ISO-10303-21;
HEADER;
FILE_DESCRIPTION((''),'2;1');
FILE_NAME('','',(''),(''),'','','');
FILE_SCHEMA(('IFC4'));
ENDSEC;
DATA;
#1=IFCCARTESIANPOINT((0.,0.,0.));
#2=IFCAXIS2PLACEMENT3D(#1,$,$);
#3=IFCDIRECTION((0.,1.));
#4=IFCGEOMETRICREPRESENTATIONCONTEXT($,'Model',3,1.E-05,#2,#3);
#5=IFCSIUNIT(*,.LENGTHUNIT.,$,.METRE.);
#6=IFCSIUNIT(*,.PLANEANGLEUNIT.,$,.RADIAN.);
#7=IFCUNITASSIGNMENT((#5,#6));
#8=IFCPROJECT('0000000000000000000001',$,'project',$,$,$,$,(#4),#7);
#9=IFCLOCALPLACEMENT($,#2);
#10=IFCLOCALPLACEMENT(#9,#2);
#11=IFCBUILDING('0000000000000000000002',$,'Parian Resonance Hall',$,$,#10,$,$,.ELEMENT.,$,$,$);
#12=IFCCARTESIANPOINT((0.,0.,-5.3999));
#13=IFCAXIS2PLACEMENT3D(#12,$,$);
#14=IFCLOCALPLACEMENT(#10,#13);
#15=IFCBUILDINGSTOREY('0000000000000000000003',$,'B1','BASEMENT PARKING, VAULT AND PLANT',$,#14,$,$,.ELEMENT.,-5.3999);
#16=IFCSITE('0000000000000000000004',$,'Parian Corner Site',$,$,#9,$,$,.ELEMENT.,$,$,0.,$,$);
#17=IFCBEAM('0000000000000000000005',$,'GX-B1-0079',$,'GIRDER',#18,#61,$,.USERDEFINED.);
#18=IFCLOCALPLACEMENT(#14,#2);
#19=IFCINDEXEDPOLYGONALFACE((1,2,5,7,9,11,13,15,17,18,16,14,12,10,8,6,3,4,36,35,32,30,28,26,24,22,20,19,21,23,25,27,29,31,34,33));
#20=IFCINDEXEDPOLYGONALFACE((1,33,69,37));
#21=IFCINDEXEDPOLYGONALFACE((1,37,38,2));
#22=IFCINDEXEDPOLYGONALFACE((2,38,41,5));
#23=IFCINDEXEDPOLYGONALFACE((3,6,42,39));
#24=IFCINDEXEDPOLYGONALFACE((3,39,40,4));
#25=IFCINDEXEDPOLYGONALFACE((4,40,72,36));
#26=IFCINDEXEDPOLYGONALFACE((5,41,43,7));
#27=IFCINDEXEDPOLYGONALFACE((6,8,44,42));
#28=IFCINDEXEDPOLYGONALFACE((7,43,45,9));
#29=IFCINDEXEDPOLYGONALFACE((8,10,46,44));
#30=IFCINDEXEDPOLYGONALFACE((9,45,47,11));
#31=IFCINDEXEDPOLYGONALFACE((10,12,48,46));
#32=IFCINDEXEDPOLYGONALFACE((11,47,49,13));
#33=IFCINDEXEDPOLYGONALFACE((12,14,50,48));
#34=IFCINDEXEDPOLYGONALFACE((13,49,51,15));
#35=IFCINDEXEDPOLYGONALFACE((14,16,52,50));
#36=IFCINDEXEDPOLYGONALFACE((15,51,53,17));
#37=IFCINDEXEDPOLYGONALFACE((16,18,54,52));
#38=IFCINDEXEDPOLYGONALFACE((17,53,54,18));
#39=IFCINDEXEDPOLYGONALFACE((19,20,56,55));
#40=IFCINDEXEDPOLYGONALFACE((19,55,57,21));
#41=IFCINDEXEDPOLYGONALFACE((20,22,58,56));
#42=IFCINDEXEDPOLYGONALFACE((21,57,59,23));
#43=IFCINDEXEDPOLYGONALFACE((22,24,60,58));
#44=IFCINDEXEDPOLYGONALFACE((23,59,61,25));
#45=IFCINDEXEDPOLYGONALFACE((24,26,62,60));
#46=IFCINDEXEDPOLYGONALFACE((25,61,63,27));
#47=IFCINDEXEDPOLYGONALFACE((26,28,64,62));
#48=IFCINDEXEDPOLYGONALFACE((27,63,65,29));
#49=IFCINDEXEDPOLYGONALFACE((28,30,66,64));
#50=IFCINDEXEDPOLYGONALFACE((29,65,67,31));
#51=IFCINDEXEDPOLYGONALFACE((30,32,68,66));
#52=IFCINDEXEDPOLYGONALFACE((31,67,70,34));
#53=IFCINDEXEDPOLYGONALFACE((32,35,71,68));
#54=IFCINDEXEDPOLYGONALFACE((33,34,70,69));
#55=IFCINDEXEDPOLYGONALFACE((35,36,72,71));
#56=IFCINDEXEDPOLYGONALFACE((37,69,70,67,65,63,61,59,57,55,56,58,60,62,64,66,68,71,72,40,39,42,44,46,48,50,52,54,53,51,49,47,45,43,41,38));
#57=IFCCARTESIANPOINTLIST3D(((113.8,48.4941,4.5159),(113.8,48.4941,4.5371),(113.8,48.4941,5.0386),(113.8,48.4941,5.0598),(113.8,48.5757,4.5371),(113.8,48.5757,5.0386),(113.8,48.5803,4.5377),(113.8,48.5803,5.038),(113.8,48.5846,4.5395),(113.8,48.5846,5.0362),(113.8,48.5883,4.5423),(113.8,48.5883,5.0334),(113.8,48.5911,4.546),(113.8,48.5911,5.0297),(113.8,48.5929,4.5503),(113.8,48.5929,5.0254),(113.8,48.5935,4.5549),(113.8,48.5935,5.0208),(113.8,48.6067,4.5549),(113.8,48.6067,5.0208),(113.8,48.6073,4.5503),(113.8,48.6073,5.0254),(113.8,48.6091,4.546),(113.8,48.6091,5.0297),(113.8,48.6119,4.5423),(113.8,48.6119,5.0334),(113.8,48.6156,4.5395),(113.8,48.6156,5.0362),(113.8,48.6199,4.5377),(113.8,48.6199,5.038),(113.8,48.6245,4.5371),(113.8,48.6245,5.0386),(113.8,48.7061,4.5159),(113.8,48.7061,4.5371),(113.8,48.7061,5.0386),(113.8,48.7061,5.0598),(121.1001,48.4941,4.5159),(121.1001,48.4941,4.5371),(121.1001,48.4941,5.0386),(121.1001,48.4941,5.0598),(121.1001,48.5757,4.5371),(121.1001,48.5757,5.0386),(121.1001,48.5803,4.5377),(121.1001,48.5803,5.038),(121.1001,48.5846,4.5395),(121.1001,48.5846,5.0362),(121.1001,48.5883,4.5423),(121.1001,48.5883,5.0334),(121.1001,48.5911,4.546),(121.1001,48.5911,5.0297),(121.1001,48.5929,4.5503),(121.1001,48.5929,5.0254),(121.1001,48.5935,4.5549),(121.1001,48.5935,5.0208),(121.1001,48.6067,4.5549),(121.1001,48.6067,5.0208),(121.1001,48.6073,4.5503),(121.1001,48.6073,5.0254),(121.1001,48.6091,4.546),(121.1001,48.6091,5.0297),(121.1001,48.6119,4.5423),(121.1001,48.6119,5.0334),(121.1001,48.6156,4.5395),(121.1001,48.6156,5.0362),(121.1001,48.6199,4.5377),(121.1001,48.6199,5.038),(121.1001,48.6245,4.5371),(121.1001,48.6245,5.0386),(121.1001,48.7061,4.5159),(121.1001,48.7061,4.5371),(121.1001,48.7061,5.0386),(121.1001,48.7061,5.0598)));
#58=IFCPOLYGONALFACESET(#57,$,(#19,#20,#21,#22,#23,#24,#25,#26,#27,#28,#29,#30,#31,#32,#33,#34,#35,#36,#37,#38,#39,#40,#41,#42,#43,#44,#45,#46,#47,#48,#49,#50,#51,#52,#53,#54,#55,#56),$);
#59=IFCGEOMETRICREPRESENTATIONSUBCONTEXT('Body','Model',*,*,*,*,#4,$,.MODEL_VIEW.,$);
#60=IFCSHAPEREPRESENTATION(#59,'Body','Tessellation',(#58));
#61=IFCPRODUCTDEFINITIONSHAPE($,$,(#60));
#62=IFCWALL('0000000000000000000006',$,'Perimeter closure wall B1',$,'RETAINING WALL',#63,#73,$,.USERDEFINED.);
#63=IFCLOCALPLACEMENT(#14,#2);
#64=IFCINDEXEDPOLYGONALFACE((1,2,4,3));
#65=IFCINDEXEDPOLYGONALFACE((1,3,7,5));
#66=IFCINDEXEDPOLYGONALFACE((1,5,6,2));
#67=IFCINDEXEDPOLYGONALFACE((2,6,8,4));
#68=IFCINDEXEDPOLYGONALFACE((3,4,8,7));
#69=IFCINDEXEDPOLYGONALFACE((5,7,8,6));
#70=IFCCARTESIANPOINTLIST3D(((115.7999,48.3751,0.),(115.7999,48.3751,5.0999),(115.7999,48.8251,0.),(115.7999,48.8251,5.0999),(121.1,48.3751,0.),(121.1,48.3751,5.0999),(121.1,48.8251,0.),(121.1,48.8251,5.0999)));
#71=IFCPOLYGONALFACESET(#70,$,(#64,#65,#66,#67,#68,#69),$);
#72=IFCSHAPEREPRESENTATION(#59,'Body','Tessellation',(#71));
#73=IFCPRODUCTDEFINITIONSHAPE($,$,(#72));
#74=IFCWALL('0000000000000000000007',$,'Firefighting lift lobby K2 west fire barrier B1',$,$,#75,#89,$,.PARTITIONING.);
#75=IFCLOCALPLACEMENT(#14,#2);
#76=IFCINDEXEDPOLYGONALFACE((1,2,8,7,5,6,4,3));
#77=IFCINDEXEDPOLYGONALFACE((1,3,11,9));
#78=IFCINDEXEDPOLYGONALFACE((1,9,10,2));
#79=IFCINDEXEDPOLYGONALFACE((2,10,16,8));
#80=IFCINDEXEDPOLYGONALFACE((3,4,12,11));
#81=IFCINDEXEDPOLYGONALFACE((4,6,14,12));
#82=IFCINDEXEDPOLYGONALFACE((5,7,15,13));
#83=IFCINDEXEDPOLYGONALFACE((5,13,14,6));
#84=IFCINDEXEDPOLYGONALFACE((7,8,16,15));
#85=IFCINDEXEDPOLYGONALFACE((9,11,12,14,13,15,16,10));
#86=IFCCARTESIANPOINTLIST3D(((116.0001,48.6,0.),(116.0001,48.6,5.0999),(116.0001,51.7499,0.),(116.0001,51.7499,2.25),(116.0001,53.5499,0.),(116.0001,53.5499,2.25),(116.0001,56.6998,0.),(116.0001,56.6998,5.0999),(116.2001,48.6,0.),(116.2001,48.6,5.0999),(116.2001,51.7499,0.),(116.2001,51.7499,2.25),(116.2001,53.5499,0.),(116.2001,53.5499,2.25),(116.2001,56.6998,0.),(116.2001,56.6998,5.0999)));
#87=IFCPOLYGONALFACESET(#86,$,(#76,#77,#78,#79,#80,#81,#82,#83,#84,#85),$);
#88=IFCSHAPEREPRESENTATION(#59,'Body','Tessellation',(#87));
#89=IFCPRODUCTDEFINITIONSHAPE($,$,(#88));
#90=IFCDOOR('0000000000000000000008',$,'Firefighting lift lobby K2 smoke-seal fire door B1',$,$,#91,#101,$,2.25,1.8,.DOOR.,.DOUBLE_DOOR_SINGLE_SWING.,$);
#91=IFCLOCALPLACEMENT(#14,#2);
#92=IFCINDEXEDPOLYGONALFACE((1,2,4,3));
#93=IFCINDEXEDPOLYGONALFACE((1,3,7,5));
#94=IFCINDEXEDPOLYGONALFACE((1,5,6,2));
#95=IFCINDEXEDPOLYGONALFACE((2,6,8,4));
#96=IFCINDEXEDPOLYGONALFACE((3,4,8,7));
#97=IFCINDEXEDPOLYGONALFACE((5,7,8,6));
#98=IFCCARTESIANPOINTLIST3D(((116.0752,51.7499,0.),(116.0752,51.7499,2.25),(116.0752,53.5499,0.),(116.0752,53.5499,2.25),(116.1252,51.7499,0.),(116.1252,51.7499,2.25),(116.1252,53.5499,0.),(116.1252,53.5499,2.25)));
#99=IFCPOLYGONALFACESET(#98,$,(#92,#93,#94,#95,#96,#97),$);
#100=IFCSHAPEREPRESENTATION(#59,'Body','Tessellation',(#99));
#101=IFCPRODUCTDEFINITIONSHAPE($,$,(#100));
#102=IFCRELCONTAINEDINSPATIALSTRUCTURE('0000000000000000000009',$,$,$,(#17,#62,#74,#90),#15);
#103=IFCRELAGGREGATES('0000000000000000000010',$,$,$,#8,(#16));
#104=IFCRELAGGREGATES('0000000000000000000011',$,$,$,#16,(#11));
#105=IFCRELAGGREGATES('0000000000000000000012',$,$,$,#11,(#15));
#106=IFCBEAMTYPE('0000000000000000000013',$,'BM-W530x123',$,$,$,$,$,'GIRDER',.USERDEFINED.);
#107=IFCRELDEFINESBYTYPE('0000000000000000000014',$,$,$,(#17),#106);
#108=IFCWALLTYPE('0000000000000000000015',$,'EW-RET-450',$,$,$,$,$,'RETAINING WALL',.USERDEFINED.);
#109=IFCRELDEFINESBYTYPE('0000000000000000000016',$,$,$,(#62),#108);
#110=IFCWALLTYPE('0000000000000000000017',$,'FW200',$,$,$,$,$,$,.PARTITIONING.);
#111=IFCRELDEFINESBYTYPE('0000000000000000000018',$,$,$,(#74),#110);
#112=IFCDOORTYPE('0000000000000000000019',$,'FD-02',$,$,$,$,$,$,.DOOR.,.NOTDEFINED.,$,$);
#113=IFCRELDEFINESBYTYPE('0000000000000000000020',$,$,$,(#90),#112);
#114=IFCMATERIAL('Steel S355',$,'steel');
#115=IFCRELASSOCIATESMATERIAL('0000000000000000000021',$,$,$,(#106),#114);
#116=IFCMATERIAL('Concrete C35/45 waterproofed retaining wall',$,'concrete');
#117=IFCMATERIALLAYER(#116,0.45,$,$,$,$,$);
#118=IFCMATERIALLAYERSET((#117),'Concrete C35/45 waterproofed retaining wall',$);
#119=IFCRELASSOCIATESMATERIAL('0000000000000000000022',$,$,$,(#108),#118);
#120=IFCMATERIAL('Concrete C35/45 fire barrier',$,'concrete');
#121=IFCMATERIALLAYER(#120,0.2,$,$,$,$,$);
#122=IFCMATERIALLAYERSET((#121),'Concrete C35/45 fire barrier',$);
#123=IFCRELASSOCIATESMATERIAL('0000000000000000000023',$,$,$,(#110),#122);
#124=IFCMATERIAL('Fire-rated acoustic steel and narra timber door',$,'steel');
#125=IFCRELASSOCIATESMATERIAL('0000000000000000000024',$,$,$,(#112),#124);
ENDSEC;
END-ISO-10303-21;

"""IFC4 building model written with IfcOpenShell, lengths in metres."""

from ifc_helpers import new_model, si_unit, direction, frame, frame_2d, origin, origin_2d, place, context, subcontext, project, spatial, rectangle, i_section, extrude, material, layer, layer_set, material_profile, profile_set, type_object, element, fill, save


model = new_model("IFC4")

# Units and contexts
model_context = context("Model", 3, precision=1e-05, world=origin(), true_north=direction((0.0, 1.0)))
body_context = subcontext(model_context, "Body", "Model", "MODEL_VIEW")
ifc_project = project(units=[si_unit("LENGTHUNIT", "METRE"), si_unit("PLANEANGLEUNIT", "RADIAN")], contexts=[model_context])

# Site, building, storey
site_placement = place(None, origin())
site = spatial("IfcSite", under=ifc_project, at=site_placement, Name="Parian Corner Site", CompositionType="ELEMENT", RefElevation=0.0)
building_placement = place(site_placement, origin())
building = spatial("IfcBuilding", under=site, at=building_placement, Name="Parian Resonance Hall", CompositionType="ELEMENT")
storey_placement = place(building_placement, frame((0.0, 0.0, -5.3999)))
storey = spatial("IfcBuildingStorey", under=building, at=storey_placement, Name="B1", Description="BASEMENT PARKING, VAULT AND PLANT", CompositionType="ELEMENT", Elevation=-5.3999)

# Beam
ifc_material_1 = material(Name="Steel S355", Category="steel")
ifc_material_profile_1 = material_profile(ifc_material_1, i_section(OverallWidth=0.2119, OverallDepth=0.5439, WebThickness=0.0132, FlangeThickness=0.0212, FilletRadius=0.0178, at=origin_2d()), Name="W530x123")
ifc_profile_set_1 = profile_set([ifc_material_profile_1], Name="Steel S355")
beam_type_1 = type_object("IfcBeamType", Name="BM-W530x123", ElementType="GIRDER", PredefinedType="USERDEFINED", material=ifc_profile_set_1)
beam_1_placement = place(storey_placement, frame((113.8, 48.6001, 4.7878), z_axis=(1.0, 0.0, 0.0), x_axis=(0.0, 1.0, 0.0)))
element("IfcBeam", 1, at=beam_1_placement, inside=storey, type_object=beam_type_1, Name="GX-B1-0079", ObjectType="GIRDER", PredefinedType="USERDEFINED", context=body_context, shape_type="SweptSolid", body=[
    extrude(i_section(OverallWidth=0.2119, OverallDepth=0.5439, WebThickness=0.0132, FlangeThickness=0.0212, FilletRadius=0.0178, at=origin_2d()), origin(), (0.0, 0.0, 1.0), 7.3),
])

# Wall
ifc_material_2 = material(Name="Concrete C35/45 waterproofed retaining wall", Category="concrete")
ifc_layer_1 = layer(ifc_material_2, 0.45)
ifc_layer_set_1 = layer_set([ifc_layer_1], Name="Concrete C35/45 waterproofed retaining wall")
wall_type_1 = type_object("IfcWallType", Name="EW-RET-450", ElementType="RETAINING WALL", PredefinedType="USERDEFINED", material=ifc_layer_set_1)
wall_1_placement = place(storey_placement, frame((115.8, 48.6001, 0.0), z_axis=(0.0, 0.0, 1.0), x_axis=(1.0, 0.0, 0.0)))
element("IfcWall", 2, at=wall_1_placement, inside=storey, type_object=wall_type_1, Name="Perimeter closure wall B1", ObjectType="RETAINING WALL", PredefinedType="USERDEFINED", context=body_context, shape_type="SweptSolid", body=[
    extrude(rectangle(XDim=5.3, YDim=0.45, at=frame_2d((2.6499, 0.0))), origin(), (0.0, 0.0, 1.0), 5.0999),
])

# Wall, opening, door
ifc_material_3 = material(Name="Concrete C35/45 fire barrier", Category="concrete")
ifc_layer_2 = layer(ifc_material_3, 0.2)
ifc_layer_set_2 = layer_set([ifc_layer_2], Name="Concrete C35/45 fire barrier")
wall_type_2 = type_object("IfcWallType", Name="FW200", PredefinedType="PARTITIONING", material=ifc_layer_set_2)
wall_2_placement = place(storey_placement, frame((116.1001, 48.6001, 0.0), z_axis=(0.0, 0.0, 1.0), x_axis=(0.0, 1.0, 0.0)))
wall_2 = element("IfcWall", 3, at=wall_2_placement, inside=storey, type_object=wall_type_2, Name="Firefighting lift lobby K2 west fire barrier B1", PredefinedType="PARTITIONING", context=body_context, shape_type="SweptSolid", body=[
    extrude(rectangle(XDim=8.0999, YDim=0.2, at=frame_2d((4.0498, 0.0))), origin(), (0.0, 0.0, 1.0), 5.0999),
])
opening_placement = place(wall_2_placement, frame((3.1499, 0.0, 0.0)))
opening = element("IfcOpeningElement", 4, at=opening_placement, cuts=wall_2, PredefinedType="OPENING", context=body_context, shape_type="SweptSolid", body=[
    extrude(rectangle(XDim=1.8, YDim=2.25, at=frame_2d((0.8999, 1.125))), frame((0.0, 0.1099, 0.0), z_axis=(0.0, -1.0, 0.0), x_axis=(1.0, 0.0, 0.0)), (0.0, 0.0, 1.0), 0.22),
])
ifc_material_4 = material(Name="Fire-rated acoustic steel and narra timber door", Category="steel")
door_type = type_object("IfcDoorType", Name="FD-02", OperationType="NOTDEFINED", PredefinedType="DOOR", material=ifc_material_4)
door_placement = place(opening_placement, origin())
door = element("IfcDoor", 5, at=door_placement, inside=storey, type_object=door_type, Name="Firefighting lift lobby K2 smoke-seal fire door B1", OperationType="DOUBLE_DOOR_SINGLE_SWING", OverallHeight=2.25, OverallWidth=1.8, PredefinedType="DOOR", context=body_context, shape_type="SweptSolid", body=[
    extrude(rectangle(XDim=1.8, YDim=2.25, at=frame_2d((0.8999, 1.125))), frame((0.0, 0.0249, 0.0), z_axis=(0.0, -1.0, 0.0), x_axis=(1.0, 0.0, 0.0)), (0.0, 0.0, 1.0), 0.05),
])
fill(opening, door)

save(model, "model.ifc")
